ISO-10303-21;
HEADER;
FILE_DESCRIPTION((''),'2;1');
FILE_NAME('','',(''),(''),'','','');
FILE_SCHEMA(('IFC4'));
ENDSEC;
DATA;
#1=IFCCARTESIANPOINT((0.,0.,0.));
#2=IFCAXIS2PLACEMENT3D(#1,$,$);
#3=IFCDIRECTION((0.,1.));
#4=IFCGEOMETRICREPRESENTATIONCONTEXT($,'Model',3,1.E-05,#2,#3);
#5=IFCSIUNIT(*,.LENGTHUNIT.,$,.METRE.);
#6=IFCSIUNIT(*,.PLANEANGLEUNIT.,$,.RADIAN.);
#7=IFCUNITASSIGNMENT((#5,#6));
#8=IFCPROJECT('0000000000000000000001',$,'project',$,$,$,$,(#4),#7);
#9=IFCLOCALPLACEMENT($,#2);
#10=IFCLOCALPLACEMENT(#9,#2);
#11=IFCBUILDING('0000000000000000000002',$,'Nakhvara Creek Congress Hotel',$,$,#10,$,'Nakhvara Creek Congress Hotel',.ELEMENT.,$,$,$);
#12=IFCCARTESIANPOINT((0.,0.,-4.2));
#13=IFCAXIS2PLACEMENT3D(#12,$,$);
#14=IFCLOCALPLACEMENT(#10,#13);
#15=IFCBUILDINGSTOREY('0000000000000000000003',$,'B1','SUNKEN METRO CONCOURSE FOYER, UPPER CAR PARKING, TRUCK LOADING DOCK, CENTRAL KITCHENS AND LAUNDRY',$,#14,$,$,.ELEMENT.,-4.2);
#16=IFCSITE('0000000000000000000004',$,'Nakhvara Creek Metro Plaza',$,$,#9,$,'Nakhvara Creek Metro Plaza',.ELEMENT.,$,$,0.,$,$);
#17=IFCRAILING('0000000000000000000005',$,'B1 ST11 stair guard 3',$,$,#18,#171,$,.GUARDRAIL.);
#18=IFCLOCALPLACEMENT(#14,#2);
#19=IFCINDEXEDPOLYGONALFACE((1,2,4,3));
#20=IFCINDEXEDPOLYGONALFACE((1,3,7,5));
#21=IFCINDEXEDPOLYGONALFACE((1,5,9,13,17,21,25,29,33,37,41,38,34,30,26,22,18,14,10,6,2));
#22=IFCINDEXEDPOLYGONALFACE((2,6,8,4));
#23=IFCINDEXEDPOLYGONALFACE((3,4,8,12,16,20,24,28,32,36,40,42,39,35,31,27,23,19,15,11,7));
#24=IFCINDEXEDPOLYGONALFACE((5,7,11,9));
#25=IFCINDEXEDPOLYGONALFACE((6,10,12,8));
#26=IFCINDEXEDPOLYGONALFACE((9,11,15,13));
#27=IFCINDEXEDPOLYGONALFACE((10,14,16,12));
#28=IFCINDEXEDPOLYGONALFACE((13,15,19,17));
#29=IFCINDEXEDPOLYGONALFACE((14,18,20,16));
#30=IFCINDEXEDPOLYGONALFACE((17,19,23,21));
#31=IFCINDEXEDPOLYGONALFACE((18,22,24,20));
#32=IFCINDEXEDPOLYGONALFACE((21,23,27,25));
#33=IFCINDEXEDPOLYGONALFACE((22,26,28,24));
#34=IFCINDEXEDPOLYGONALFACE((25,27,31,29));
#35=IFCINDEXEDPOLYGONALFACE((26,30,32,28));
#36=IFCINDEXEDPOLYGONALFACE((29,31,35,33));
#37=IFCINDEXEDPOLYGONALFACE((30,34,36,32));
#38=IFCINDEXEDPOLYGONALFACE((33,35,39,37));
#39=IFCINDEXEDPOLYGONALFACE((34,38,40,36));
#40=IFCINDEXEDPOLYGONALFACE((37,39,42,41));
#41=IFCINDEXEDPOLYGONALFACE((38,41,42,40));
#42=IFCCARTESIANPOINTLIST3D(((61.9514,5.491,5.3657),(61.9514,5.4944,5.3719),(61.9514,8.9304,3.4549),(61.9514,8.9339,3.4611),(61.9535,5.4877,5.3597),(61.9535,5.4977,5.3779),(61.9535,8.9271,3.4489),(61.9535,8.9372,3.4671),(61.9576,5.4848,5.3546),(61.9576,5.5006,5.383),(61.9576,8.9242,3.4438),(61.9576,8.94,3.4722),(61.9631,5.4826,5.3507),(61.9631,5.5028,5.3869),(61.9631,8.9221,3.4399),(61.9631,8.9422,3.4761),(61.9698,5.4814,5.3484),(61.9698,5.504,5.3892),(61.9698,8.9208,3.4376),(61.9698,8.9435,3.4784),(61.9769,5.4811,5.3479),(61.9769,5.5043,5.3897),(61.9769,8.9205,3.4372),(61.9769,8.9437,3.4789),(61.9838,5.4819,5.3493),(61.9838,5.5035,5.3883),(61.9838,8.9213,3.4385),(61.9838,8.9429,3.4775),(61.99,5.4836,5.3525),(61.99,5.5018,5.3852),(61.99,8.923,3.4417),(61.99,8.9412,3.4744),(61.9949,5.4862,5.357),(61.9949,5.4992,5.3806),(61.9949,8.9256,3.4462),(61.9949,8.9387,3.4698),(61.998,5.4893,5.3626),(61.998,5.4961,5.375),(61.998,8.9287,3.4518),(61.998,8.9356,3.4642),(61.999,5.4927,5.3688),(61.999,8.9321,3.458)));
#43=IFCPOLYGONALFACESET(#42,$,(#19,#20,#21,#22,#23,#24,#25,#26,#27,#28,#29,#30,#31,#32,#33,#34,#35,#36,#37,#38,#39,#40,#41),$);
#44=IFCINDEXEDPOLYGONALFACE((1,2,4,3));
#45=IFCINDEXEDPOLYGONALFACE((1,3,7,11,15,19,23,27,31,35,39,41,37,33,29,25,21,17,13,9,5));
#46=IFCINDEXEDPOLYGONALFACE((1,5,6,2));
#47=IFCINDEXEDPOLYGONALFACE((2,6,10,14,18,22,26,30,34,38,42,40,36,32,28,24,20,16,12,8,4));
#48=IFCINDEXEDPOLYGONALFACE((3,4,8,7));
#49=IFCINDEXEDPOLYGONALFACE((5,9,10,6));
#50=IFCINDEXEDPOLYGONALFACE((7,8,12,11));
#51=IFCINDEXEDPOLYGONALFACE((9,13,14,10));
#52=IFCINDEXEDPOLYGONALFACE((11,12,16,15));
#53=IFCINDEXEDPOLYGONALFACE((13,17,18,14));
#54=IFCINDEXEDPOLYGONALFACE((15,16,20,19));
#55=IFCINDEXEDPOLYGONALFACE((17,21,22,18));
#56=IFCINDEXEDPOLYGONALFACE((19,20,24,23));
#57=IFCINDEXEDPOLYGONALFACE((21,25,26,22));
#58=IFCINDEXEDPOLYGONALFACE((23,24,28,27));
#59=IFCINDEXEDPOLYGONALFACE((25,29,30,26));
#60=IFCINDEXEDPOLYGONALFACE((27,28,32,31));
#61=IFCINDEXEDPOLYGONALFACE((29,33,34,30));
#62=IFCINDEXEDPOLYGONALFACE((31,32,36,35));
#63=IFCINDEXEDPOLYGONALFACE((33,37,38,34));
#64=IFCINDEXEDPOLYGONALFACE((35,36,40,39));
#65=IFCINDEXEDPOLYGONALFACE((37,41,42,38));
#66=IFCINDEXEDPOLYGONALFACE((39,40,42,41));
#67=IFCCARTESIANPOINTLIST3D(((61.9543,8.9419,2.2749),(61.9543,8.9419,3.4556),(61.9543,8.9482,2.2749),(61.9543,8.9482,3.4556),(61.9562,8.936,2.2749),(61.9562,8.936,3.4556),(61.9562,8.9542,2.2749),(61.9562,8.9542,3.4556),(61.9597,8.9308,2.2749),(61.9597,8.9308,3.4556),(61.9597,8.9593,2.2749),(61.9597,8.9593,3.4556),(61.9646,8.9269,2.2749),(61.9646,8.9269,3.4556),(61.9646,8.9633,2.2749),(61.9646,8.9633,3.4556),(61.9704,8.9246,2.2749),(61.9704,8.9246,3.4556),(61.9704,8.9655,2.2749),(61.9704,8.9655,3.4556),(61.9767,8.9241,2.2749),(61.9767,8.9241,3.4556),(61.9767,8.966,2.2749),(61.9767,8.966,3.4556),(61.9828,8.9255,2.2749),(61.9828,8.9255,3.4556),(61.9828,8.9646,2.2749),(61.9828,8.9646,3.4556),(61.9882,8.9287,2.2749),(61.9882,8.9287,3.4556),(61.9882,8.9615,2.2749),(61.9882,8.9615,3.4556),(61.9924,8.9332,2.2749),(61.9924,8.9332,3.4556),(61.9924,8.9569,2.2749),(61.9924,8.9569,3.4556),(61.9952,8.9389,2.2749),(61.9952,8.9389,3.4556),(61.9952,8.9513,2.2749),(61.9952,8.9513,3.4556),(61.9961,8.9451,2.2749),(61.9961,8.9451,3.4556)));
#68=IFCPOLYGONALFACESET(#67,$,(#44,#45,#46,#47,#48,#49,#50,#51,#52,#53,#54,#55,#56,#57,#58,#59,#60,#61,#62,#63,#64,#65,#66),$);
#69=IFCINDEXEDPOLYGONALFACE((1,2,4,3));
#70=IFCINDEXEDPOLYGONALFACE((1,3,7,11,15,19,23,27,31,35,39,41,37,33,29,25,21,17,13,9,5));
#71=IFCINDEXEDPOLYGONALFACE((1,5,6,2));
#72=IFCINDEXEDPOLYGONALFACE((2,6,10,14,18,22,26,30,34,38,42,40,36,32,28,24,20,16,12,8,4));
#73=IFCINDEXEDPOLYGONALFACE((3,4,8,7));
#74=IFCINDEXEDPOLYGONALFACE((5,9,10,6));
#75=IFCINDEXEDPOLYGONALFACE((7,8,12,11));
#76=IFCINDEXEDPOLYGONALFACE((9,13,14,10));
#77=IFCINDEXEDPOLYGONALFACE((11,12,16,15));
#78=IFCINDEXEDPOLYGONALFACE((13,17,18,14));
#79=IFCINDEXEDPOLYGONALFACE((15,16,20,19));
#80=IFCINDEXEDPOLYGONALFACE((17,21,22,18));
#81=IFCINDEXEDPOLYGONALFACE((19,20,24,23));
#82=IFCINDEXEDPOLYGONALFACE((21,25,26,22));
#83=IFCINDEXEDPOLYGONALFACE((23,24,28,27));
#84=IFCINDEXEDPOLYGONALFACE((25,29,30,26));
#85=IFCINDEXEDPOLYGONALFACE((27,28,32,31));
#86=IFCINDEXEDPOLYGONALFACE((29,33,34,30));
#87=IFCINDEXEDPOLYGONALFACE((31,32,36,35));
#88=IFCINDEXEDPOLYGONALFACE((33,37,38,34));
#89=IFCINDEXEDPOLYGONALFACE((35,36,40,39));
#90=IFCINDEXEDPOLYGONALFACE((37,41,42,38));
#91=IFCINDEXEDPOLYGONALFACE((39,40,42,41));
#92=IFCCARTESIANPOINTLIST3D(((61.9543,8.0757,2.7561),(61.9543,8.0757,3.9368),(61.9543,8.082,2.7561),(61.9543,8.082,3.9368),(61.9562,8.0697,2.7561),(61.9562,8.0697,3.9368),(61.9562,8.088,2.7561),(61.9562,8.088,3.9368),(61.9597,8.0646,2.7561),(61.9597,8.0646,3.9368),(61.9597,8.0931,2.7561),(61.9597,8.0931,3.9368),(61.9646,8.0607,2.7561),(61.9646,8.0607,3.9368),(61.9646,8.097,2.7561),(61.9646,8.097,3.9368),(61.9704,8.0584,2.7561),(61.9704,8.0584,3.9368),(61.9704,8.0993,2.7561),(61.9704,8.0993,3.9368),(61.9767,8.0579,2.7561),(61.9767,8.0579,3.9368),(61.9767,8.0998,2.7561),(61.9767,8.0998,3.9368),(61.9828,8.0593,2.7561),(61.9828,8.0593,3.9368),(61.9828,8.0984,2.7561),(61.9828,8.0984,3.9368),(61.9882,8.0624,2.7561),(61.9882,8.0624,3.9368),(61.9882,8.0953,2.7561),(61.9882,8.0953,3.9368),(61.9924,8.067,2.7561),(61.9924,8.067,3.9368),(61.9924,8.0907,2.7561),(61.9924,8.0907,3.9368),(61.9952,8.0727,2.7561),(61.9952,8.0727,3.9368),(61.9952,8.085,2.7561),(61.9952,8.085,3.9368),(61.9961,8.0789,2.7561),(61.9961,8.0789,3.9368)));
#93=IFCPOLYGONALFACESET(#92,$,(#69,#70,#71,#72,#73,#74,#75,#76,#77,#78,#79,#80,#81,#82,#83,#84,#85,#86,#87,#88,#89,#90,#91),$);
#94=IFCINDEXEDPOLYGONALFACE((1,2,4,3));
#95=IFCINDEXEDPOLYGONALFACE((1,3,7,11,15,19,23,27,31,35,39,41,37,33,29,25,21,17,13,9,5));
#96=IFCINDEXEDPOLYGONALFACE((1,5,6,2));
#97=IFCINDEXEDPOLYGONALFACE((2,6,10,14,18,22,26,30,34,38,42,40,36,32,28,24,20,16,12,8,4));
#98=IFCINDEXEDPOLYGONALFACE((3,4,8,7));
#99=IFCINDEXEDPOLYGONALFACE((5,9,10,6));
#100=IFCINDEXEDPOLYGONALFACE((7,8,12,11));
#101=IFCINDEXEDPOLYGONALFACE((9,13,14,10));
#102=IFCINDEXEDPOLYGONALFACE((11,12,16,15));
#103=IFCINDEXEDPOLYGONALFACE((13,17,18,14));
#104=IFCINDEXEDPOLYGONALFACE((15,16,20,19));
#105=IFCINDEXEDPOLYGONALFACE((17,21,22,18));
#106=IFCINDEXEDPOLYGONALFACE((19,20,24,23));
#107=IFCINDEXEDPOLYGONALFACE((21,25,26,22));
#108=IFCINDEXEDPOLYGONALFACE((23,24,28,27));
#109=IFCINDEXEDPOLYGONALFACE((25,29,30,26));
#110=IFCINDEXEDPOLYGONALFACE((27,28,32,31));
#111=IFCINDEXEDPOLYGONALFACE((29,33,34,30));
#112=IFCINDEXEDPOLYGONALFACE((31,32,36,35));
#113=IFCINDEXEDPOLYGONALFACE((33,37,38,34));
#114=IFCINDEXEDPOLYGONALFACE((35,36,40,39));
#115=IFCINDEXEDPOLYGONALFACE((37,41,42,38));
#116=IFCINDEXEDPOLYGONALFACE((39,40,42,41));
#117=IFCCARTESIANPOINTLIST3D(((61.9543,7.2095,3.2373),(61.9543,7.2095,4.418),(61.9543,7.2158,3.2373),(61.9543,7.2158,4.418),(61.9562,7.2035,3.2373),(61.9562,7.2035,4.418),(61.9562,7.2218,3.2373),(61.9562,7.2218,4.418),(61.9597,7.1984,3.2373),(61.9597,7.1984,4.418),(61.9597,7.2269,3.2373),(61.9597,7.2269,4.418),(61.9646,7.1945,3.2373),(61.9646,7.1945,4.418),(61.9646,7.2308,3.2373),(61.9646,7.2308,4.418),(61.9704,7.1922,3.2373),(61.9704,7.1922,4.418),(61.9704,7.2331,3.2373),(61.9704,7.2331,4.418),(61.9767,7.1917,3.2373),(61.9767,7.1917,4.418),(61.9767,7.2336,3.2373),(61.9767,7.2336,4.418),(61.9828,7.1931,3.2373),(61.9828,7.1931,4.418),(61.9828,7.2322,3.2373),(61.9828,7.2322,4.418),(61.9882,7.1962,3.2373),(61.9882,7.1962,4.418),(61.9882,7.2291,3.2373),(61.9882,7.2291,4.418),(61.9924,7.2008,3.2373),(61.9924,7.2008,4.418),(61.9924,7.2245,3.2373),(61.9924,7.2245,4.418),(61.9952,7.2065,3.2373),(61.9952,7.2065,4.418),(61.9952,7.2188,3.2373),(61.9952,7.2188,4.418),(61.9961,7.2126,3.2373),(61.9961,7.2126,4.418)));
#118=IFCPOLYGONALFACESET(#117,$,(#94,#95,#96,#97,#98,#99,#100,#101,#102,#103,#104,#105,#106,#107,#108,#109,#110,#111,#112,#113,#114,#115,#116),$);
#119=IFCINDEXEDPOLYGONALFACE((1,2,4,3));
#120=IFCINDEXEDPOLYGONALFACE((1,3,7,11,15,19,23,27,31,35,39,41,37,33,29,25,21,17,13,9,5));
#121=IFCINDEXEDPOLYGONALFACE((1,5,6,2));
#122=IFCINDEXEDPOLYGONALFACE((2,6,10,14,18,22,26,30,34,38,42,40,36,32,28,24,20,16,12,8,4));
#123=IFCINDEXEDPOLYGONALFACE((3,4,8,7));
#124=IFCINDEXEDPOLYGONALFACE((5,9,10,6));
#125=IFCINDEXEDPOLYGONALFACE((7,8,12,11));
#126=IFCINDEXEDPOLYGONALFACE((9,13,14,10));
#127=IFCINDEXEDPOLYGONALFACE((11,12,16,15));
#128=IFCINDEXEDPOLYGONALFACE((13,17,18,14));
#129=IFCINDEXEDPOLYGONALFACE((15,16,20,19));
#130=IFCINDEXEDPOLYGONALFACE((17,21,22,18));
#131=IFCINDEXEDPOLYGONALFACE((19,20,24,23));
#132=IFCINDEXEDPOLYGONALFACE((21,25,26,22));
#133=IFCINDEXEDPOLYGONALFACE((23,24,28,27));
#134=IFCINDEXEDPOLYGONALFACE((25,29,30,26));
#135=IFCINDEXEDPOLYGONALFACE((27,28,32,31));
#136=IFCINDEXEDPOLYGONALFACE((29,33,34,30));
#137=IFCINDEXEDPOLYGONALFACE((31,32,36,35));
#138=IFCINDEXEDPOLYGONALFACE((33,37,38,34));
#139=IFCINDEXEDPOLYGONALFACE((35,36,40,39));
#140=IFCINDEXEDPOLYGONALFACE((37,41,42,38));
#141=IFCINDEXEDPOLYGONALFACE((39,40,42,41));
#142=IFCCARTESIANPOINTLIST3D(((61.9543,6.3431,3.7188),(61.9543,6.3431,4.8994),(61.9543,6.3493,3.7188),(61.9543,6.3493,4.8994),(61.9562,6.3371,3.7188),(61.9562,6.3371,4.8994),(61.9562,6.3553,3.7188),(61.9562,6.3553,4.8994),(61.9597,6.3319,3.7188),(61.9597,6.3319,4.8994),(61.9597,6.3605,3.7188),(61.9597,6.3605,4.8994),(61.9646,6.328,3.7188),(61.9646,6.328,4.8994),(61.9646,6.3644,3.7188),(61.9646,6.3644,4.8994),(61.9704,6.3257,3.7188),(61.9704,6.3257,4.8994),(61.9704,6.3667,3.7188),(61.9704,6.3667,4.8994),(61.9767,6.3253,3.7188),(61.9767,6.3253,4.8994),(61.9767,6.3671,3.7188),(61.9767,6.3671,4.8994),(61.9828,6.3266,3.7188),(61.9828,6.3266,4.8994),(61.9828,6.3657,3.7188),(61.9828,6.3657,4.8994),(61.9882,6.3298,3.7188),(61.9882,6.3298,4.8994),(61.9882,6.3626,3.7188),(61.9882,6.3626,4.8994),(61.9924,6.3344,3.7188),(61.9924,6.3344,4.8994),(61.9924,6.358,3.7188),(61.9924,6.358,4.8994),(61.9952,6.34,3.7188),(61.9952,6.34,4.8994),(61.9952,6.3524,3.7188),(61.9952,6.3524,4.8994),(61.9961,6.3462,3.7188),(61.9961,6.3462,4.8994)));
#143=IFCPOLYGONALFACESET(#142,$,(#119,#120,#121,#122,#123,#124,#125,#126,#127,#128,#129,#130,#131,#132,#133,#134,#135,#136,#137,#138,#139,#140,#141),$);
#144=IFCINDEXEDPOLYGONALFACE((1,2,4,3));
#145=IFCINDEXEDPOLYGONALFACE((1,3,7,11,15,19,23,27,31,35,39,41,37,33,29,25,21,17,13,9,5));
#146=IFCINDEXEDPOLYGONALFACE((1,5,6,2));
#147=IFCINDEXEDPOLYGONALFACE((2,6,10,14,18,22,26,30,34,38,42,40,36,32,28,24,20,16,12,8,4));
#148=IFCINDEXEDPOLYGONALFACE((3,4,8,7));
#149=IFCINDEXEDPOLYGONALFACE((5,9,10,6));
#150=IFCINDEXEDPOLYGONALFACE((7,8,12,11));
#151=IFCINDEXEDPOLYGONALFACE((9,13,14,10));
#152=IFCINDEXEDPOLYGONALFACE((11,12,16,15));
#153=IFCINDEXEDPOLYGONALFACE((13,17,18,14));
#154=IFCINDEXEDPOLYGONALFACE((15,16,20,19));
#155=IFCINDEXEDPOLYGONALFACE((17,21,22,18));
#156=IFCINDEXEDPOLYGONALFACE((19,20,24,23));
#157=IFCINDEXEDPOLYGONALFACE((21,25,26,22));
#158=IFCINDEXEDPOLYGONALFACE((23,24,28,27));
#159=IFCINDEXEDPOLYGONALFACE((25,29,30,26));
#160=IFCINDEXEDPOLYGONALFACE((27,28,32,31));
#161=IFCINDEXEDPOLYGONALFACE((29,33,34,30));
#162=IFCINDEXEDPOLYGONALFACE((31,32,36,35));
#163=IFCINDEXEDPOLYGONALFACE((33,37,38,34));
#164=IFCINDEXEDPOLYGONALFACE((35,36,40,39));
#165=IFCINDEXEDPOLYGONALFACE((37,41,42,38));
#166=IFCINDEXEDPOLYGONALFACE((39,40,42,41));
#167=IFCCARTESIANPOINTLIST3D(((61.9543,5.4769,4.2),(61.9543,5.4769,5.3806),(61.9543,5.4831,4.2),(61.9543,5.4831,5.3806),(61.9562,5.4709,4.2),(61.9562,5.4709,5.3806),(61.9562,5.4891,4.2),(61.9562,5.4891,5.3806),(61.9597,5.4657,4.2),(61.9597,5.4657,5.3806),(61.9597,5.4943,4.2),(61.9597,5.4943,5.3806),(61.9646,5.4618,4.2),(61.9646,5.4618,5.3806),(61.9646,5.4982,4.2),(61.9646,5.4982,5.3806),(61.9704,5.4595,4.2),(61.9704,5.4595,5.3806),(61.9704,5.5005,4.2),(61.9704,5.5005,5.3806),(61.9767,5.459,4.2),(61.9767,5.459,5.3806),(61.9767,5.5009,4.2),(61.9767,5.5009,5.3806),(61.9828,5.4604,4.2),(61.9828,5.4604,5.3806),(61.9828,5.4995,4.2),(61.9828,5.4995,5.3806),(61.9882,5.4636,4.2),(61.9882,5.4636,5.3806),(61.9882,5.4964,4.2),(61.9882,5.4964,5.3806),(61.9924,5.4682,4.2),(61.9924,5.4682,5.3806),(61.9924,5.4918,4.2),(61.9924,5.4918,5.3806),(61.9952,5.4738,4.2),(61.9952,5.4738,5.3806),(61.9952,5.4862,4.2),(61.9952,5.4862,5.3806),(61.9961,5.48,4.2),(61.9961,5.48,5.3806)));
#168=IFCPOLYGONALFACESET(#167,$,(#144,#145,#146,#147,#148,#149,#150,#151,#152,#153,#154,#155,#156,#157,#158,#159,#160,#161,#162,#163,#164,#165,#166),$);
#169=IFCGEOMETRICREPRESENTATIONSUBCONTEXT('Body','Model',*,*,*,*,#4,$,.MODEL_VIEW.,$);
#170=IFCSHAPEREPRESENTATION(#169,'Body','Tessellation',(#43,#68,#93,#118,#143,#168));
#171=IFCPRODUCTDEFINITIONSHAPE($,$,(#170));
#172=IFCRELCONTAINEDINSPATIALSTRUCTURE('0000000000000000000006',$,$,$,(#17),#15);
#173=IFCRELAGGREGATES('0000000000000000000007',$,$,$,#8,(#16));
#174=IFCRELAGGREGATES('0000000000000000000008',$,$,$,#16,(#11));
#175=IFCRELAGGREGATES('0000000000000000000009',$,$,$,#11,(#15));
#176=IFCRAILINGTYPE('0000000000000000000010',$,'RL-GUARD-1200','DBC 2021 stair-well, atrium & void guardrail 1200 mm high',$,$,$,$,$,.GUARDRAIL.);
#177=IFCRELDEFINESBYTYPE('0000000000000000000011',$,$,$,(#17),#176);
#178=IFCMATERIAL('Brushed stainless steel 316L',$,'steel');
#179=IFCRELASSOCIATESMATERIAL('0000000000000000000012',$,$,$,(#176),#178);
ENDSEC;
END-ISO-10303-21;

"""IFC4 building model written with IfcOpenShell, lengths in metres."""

from ifc_helpers import new_model, si_unit, direction, frame, origin, origin_2d, place, context, subcontext, project, spatial, circle, extrude, material, type_object, element, save


model = new_model("IFC4")

# Units and contexts
model_context = context("Model", 3, precision=1e-05, world=origin(), true_north=direction((0.0, 1.0)))
body_context = subcontext(model_context, "Body", "Model", "MODEL_VIEW")
ifc_project = project(units=[si_unit("LENGTHUNIT", "METRE"), si_unit("PLANEANGLEUNIT", "RADIAN")], contexts=[model_context])

# Site, building, storey
site_placement = place(None, origin())
site = spatial("IfcSite", under=ifc_project, at=site_placement, Name="Nakhvara Creek Metro Plaza", LongName="Nakhvara Creek Metro Plaza", CompositionType="ELEMENT", RefElevation=0.0)
building_placement = place(site_placement, origin())
building = spatial("IfcBuilding", under=site, at=building_placement, Name="Nakhvara Creek Congress Hotel", LongName="Nakhvara Creek Congress Hotel", CompositionType="ELEMENT")
storey_placement = place(building_placement, frame((0.0, 0.0, -4.2)))
storey = spatial("IfcBuildingStorey", under=building, at=storey_placement, Name="B1", Description="SUNKEN METRO CONCOURSE FOYER, UPPER CAR PARKING, TRUCK LOADING DOCK, CENTRAL KITCHENS AND LAUNDRY", CompositionType="ELEMENT", Elevation=-4.2)

# Railing
ifc_material_1 = material(Name="Brushed stainless steel 316L", Category="steel")
railing_type_1 = type_object("IfcRailingType", Name="RL-GUARD-1200", Description="DBC 2021 stair-well, atrium & void guardrail 1200 mm high", PredefinedType="GUARDRAIL", material=ifc_material_1)
railing_1_placement = place(storey_placement, frame((61.9751, 8.9451, 2.2749)))
element("IfcRailing", 1, at=railing_1_placement, inside=storey, type_object=railing_type_1, Name="B1 ST11 stair guard 3", PredefinedType="GUARDRAIL", context=body_context, shape_type="SweptSolid", body=[
    extrude(circle(Radius=0.0239, at=origin_2d()), frame((0.0, -0.0129, 1.1831), z_axis=(0.0, -0.874157, 0.485643), x_axis=(1.0, 0.0, 0.0)), (0.0, 0.0, 1.0), 3.9346),
    extrude(circle(Radius=0.021, at=origin_2d()), origin(), (0.0, 0.0, 1.0), 1.1807),
    extrude(circle(Radius=0.021, at=origin_2d()), frame((0.0, -0.8662, 0.4812)), (0.0, 0.0, 1.0), 1.1807),
    extrude(circle(Radius=0.021, at=origin_2d()), frame((0.0, -1.7324, 0.9624)), (0.0, 0.0, 1.0), 1.1807),
    extrude(circle(Radius=0.021, at=origin_2d()), frame((0.0, -2.5989, 1.4438)), (0.0, 0.0, 1.0), 1.1807),
    extrude(circle(Radius=0.021, at=origin_2d()), frame((0.0, -3.4651, 1.925)), (0.0, 0.0, 1.0), 1.1807),
])

save(model, "model.ifc")
